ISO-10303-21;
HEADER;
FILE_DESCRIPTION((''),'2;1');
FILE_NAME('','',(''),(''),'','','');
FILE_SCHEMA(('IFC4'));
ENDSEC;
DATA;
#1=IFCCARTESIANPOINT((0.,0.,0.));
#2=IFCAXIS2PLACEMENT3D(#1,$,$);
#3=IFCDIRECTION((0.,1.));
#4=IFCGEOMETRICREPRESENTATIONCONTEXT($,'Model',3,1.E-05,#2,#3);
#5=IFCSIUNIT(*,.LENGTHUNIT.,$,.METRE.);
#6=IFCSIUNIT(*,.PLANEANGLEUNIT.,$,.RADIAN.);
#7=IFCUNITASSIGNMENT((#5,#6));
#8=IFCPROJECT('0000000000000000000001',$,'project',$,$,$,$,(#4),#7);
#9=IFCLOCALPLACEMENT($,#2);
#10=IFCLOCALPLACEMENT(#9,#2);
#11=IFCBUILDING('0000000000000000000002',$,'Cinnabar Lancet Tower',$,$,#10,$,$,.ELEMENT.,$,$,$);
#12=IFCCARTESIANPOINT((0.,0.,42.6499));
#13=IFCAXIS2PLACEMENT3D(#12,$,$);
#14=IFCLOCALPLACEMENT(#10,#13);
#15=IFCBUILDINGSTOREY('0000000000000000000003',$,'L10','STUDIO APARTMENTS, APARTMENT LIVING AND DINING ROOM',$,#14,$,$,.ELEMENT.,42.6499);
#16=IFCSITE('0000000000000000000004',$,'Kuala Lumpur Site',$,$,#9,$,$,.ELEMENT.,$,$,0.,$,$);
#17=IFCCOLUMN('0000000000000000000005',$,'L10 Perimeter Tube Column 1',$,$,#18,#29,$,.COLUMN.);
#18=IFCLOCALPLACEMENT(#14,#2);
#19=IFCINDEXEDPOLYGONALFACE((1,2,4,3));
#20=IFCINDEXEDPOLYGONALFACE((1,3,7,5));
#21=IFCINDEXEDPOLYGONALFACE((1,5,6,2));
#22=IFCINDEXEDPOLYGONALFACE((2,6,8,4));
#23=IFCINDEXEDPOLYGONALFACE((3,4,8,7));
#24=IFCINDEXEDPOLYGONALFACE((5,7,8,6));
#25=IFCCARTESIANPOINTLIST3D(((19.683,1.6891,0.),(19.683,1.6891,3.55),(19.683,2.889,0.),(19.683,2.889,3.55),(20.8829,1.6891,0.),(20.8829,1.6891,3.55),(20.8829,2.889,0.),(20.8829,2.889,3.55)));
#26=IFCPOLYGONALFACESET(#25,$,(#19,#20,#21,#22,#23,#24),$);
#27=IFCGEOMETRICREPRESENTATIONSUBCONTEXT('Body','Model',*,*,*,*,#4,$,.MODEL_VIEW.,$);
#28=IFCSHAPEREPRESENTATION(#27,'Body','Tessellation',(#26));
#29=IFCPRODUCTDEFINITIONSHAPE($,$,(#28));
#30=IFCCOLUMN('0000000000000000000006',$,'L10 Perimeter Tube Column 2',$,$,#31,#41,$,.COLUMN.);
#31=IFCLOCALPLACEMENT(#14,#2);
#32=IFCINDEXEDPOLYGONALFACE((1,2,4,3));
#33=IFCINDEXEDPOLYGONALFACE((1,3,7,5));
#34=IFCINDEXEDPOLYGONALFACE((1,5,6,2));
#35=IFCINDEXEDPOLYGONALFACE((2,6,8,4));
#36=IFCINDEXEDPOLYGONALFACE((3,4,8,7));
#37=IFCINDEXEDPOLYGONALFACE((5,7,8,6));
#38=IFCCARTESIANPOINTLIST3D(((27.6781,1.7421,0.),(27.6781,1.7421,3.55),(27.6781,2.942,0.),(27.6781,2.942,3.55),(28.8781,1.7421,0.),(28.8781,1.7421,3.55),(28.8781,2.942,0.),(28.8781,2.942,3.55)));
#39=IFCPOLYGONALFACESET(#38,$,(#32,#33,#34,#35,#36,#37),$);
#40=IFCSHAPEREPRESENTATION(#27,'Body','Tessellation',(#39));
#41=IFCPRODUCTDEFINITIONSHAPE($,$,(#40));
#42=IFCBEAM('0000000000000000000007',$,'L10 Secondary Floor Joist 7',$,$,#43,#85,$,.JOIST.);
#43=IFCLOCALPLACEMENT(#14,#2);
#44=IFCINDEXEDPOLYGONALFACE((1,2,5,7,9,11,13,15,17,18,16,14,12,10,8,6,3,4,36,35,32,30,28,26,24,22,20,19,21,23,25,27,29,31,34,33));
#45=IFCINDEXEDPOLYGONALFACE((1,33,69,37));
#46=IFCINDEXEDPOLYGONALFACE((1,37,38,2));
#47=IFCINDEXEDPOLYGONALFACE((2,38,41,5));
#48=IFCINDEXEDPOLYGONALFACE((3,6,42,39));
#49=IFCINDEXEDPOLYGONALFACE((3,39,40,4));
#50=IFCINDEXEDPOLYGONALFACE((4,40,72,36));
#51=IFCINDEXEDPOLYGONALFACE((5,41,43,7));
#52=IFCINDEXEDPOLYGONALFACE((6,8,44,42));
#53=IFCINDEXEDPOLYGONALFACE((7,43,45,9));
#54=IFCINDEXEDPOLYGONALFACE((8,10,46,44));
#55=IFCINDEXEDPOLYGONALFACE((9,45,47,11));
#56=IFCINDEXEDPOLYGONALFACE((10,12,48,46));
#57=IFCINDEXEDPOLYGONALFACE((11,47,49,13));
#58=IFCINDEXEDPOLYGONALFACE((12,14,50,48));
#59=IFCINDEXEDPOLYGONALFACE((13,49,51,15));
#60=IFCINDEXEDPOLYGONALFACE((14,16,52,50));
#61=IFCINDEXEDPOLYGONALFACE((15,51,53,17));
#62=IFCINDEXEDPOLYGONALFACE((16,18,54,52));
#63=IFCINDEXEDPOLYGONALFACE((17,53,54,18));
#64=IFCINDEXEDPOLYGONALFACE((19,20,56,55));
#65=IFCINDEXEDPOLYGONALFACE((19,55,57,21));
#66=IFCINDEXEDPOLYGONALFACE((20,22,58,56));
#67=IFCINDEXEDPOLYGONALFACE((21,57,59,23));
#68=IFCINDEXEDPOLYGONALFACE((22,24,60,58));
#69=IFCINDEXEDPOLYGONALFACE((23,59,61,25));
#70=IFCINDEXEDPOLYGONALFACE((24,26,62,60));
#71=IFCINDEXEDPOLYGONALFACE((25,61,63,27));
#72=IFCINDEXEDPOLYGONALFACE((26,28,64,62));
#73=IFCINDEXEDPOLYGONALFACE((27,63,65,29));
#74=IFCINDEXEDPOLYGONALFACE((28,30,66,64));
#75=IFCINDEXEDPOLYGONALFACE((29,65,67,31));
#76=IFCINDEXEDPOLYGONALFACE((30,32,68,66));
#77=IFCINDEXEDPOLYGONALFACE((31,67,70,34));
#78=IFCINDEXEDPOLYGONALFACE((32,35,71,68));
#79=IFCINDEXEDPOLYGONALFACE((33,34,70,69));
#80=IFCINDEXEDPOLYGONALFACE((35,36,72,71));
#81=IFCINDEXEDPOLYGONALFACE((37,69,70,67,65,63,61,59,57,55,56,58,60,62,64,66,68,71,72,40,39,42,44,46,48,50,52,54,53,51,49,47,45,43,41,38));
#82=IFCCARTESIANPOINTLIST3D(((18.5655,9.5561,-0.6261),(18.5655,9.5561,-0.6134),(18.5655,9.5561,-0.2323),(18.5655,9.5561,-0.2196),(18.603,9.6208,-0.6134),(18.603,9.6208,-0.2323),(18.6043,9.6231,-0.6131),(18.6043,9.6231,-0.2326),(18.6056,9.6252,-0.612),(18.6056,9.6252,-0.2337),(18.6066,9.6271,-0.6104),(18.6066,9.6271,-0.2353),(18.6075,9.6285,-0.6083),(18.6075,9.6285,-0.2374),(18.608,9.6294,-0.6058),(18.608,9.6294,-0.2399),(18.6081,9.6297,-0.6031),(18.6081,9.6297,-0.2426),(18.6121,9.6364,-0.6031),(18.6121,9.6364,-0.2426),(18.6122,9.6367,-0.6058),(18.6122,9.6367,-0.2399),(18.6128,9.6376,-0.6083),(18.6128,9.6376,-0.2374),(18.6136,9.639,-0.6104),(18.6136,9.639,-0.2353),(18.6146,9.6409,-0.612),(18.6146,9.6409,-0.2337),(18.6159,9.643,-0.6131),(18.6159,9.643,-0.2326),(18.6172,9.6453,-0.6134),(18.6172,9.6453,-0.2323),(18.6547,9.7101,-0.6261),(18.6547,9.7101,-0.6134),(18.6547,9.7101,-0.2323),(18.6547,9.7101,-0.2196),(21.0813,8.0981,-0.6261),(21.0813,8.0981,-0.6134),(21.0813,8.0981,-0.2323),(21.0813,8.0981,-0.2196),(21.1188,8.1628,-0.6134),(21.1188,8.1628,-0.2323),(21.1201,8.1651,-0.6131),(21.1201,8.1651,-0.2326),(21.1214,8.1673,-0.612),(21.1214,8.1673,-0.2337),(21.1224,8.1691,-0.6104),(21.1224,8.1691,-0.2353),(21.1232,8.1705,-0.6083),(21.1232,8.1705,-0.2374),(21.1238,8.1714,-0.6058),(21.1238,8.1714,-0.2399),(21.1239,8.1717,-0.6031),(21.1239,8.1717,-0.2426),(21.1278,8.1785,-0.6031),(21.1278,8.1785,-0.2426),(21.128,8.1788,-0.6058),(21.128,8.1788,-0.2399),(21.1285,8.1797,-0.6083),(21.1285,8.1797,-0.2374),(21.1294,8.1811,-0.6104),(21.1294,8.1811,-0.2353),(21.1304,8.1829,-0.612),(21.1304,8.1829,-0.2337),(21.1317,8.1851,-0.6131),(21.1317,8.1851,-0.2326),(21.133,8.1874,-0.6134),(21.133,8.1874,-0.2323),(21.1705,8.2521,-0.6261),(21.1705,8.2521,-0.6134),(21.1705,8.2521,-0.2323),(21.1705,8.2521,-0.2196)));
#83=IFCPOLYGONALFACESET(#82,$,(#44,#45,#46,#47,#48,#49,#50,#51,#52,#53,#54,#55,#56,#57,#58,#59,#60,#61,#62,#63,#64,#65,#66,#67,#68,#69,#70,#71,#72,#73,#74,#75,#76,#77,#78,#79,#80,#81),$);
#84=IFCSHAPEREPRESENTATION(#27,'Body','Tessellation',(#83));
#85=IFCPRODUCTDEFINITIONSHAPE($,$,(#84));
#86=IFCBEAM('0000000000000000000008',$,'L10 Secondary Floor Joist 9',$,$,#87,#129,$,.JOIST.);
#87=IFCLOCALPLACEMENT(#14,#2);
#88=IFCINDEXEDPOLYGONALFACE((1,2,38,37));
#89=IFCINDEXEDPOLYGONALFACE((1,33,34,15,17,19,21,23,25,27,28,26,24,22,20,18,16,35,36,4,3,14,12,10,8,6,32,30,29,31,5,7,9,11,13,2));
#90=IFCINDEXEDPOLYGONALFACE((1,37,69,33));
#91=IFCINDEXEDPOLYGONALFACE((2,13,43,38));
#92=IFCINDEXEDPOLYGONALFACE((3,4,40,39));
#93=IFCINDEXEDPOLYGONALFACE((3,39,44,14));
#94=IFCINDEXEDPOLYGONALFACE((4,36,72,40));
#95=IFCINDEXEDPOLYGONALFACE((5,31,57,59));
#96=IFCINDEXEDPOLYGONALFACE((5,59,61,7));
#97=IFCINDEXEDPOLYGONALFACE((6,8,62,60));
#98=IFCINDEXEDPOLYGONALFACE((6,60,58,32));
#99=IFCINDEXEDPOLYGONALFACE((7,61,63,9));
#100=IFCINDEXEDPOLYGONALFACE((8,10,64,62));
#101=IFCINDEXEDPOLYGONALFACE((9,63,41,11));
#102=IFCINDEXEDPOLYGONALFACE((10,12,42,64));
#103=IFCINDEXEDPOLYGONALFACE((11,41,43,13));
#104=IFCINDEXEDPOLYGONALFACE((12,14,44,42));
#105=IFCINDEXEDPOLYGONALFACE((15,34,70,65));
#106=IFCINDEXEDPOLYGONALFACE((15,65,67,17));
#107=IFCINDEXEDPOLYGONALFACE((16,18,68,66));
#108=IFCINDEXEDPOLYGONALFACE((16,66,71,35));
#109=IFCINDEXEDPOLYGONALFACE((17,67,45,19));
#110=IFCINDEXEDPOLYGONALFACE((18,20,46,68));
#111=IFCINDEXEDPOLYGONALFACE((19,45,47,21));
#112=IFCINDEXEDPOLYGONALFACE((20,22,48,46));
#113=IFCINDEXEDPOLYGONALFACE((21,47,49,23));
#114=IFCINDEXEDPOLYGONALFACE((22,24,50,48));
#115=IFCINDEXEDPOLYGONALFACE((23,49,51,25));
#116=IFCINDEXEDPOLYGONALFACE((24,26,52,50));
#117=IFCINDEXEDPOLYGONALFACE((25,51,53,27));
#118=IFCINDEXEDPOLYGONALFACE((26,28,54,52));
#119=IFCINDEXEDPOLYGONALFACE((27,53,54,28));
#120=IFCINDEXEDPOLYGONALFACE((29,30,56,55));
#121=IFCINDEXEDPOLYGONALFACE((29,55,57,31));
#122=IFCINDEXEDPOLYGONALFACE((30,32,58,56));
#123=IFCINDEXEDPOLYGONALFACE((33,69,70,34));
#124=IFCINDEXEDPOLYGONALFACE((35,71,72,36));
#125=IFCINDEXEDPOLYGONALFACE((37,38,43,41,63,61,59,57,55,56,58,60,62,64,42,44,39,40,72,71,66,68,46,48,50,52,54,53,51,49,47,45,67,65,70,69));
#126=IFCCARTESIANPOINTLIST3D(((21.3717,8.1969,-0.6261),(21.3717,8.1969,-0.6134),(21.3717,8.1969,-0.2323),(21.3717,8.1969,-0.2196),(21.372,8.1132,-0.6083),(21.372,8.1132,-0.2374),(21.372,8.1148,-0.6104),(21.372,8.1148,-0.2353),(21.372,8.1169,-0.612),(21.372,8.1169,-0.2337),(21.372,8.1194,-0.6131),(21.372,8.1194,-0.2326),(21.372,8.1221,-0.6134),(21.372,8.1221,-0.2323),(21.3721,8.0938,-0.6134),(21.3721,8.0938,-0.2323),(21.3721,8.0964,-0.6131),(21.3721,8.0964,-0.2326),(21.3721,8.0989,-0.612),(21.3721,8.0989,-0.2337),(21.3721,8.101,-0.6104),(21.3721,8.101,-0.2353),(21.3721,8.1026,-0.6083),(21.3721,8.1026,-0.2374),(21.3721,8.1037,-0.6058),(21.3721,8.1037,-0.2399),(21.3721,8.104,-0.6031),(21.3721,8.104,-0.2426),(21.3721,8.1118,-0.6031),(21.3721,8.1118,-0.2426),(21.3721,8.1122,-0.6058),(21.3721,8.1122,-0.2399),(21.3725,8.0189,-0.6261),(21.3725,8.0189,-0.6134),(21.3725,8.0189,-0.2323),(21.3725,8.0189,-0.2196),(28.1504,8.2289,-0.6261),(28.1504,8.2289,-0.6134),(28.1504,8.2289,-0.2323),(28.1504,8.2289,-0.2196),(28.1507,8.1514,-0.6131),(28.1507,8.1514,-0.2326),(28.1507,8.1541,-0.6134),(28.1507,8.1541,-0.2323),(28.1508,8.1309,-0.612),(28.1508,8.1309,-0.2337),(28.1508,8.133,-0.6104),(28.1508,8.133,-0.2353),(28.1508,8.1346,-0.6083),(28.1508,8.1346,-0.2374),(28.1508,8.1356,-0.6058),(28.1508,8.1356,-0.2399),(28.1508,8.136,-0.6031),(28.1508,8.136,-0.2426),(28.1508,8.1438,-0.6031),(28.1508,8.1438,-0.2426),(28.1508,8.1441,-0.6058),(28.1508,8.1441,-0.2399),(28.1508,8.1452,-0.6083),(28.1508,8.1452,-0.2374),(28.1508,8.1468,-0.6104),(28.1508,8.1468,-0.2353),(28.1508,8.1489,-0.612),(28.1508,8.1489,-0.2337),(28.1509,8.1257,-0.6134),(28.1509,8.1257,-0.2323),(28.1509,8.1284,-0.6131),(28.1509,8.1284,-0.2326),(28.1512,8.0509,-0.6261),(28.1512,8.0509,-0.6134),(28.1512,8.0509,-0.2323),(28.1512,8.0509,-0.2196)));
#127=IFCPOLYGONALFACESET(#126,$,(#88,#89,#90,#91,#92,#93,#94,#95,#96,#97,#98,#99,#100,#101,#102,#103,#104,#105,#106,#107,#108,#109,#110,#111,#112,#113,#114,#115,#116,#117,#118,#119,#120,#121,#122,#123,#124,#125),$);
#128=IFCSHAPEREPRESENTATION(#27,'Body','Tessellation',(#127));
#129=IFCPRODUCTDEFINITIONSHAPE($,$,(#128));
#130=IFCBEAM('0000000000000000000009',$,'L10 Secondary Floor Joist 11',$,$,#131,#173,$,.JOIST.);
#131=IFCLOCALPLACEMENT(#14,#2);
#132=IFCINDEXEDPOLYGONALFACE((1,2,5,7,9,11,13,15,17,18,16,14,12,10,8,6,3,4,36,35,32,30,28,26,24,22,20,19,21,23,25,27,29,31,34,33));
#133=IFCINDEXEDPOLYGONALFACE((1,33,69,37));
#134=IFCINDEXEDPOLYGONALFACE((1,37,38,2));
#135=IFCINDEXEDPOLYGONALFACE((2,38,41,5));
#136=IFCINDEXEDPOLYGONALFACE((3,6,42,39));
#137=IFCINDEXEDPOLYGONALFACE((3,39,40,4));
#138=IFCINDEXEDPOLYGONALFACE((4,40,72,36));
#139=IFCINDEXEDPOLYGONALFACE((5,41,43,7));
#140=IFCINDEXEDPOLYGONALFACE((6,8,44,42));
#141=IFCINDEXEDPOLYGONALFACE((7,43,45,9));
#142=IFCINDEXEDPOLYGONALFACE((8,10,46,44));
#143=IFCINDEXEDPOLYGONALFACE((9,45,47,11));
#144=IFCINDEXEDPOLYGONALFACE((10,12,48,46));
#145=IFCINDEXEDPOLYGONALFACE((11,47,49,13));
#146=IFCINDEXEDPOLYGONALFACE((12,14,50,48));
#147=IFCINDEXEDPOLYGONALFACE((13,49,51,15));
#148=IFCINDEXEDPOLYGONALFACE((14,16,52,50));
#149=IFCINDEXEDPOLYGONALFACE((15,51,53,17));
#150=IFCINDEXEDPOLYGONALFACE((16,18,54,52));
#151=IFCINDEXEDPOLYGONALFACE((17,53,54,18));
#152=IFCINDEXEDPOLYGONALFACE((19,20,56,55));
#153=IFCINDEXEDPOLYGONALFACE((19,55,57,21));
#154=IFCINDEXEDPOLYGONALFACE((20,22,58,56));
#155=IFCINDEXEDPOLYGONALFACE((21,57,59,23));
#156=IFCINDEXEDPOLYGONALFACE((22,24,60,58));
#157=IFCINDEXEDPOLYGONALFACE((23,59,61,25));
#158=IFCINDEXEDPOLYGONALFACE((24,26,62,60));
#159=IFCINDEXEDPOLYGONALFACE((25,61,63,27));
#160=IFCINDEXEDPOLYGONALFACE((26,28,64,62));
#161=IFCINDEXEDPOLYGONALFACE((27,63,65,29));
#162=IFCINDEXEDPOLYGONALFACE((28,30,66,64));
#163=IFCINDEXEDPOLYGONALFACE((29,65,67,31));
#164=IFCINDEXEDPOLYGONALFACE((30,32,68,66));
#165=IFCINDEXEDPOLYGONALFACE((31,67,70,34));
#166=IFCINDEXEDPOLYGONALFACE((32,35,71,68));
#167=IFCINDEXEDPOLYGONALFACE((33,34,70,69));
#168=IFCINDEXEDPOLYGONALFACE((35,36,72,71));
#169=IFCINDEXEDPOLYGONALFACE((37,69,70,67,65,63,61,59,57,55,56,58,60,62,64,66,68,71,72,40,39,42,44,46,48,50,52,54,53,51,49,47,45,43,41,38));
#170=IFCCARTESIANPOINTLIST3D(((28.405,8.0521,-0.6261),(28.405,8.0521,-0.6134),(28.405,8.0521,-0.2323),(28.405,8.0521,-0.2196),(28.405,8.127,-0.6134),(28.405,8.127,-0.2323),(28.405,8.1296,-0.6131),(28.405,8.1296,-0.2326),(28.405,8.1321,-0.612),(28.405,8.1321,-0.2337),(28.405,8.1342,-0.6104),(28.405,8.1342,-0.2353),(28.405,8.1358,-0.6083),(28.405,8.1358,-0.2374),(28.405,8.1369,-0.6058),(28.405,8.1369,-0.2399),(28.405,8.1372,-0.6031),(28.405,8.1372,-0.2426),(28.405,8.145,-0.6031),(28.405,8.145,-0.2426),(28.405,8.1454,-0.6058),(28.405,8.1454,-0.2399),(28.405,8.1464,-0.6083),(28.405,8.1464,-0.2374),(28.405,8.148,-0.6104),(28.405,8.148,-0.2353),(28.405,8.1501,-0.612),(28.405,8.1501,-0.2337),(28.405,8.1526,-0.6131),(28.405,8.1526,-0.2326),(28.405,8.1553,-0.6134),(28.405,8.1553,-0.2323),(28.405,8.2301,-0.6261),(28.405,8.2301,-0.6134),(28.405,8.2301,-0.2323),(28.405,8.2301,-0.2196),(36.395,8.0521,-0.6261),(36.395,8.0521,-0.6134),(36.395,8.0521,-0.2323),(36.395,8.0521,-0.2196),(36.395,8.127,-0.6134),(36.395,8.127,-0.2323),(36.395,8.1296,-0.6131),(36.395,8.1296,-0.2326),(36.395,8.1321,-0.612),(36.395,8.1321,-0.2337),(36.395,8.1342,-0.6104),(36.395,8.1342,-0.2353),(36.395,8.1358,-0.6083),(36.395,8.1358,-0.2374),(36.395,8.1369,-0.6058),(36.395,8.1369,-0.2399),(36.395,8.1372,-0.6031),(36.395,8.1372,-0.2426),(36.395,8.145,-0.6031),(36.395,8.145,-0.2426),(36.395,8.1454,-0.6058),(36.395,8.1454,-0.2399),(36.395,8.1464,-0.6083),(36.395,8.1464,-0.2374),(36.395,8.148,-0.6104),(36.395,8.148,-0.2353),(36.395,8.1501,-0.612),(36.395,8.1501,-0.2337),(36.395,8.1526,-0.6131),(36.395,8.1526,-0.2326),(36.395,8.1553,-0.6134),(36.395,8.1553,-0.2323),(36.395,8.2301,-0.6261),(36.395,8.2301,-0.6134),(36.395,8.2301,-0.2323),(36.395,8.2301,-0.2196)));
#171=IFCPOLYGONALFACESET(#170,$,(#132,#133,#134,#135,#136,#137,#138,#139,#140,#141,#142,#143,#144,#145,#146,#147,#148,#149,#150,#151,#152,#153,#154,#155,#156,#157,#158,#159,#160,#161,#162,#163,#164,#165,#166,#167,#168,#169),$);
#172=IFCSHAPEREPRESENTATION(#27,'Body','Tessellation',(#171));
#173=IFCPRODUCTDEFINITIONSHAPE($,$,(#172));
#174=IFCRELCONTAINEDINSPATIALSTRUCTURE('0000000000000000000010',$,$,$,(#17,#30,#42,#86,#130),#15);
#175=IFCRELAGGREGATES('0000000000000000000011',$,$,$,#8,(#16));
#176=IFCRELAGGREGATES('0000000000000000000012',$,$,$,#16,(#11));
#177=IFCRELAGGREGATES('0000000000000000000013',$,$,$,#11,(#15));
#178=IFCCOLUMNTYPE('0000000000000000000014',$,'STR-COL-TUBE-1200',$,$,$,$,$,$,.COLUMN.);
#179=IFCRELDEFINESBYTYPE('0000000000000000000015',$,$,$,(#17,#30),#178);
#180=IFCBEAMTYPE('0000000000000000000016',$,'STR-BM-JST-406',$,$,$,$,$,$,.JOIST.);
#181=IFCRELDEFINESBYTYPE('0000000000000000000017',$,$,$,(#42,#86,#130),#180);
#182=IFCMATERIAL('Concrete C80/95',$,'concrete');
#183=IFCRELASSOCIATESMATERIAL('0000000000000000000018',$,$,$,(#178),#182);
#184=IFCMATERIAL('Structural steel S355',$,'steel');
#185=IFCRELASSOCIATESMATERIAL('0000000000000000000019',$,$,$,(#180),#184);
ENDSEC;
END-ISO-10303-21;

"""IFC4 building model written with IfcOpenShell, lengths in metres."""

from ifc_helpers import new_model, si_unit, direction, frame, origin, origin_2d, place, context, subcontext, project, spatial, rectangle, i_section, extrude, material, material_profile, profile_set, type_object, element, save


model = new_model("IFC4")

# Units and contexts
model_context = context("Model", 3, precision=1e-05, world=origin(), true_north=direction((0.0, 1.0)))
body_context = subcontext(model_context, "Body", "Model", "MODEL_VIEW")
ifc_project = project(units=[si_unit("LENGTHUNIT", "METRE"), si_unit("PLANEANGLEUNIT", "RADIAN")], contexts=[model_context])

# Site, building, storey
site_placement = place(None, origin())
site = spatial("IfcSite", under=ifc_project, at=site_placement, Name="Kuala Lumpur Site", CompositionType="ELEMENT", RefElevation=0.0)
building_placement = place(site_placement, origin())
building = spatial("IfcBuilding", under=site, at=building_placement, Name="Cinnabar Lancet Tower", CompositionType="ELEMENT")
storey_placement = place(building_placement, frame((0.0, 0.0, 42.6499)))
storey = spatial("IfcBuildingStorey", under=building, at=storey_placement, Name="L10", Description="STUDIO APARTMENTS, APARTMENT LIVING AND DINING ROOM", CompositionType="ELEMENT", Elevation=42.6499)

# Columns
ifc_material_1 = material(Name="Concrete C80/95", Category="concrete")
ifc_material_profile_1 = material_profile(ifc_material_1, rectangle(XDim=1.2, YDim=1.2, at=origin_2d()), Name="RC-COL 1200x1200")
ifc_profile_set_1 = profile_set([ifc_material_profile_1], Name="Concrete C80/95")
column_type = type_object("IfcColumnType", Name="STR-COL-TUBE-1200", PredefinedType="COLUMN", material=ifc_profile_set_1)
for number, where, z_axis, x_axis, name in (
    (1, (20.283, 2.2891, 0.0), (0.0, 0.0, 1.0), (1.0, 0.0, 0.0), "L10 Perimeter Tube Column 1"),
    (2, (28.2781, 2.342, 0.0), (0.0, 0.0, 1.0), (1.0, 0.0, 0.0), "L10 Perimeter Tube Column 2"),
):
    element("IfcColumn", number, at=place(storey_placement, frame(where, z_axis=z_axis, x_axis=x_axis)), inside=storey, type_object=column_type, Name=name, PredefinedType="COLUMN", context=body_context, shape_type="SweptSolid", body=[
        extrude(rectangle(XDim=1.2, YDim=1.2, at=origin_2d()), origin(), (0.0, 0.0, 1.0), 3.55),
    ])

# Beams
ifc_material_2 = material(Name="Structural steel S355", Category="steel")
ifc_material_profile_2 = material_profile(ifc_material_2, i_section(OverallWidth=0.178, OverallDepth=0.4065, WebThickness=0.0078, FlangeThickness=0.0127, FilletRadius=0.0103, at=origin_2d()), Name="UKB 406x178x60")
ifc_profile_set_2 = profile_set([ifc_material_profile_2], Name="Structural steel S355")
beam_type_1 = type_object("IfcBeamType", Name="STR-BM-JST-406", PredefinedType="JOIST", material=ifc_profile_set_2)
beam_1_placement = place(storey_placement, frame((18.6101, 9.6331, -0.4229), z_axis=(0.86521, -0.50141, 0.0), x_axis=(0.50141, 0.86521, 0.0)))
element("IfcBeam", 3, at=beam_1_placement, inside=storey, type_object=beam_type_1, Name="L10 Secondary Floor Joist 7", PredefinedType="JOIST", context=body_context, shape_type="SweptSolid", body=[
    extrude(i_section(OverallWidth=0.178, OverallDepth=0.4065, WebThickness=0.0078, FlangeThickness=0.0127, FilletRadius=0.0103, at=origin_2d()), origin(), (0.0, 0.0, 1.0), 2.9077),
])
beam_2_placement = place(storey_placement, frame((21.3721, 8.1079, -0.4229), z_axis=(0.999989, 0.004718, 0.0), x_axis=(-0.004718, 0.999989, 0.0)))
element("IfcBeam", 4, at=beam_2_placement, inside=storey, type_object=beam_type_1, Name="L10 Secondary Floor Joist 9", PredefinedType="JOIST", context=body_context, shape_type="SweptSolid", body=[
    extrude(i_section(OverallWidth=0.178, OverallDepth=0.4065, WebThickness=0.0078, FlangeThickness=0.0127, FilletRadius=0.0103, at=origin_2d()), origin(), (0.0, 0.0, 1.0), 6.7788),
])
beam_3_placement = place(storey_placement, frame((28.405, 8.1411, -0.4229), z_axis=(1.0, 0.0, 0.0), x_axis=(0.0, 1.0, 0.0)))
element("IfcBeam", 5, at=beam_3_placement, inside=storey, type_object=beam_type_1, Name="L10 Secondary Floor Joist 11", PredefinedType="JOIST", context=body_context, shape_type="SweptSolid", body=[
    extrude(i_section(OverallWidth=0.178, OverallDepth=0.4065, WebThickness=0.0078, FlangeThickness=0.0127, FilletRadius=0.0103, at=origin_2d()), origin(), (0.0, 0.0, 1.0), 7.99),
])

save(model, "model.ifc")
